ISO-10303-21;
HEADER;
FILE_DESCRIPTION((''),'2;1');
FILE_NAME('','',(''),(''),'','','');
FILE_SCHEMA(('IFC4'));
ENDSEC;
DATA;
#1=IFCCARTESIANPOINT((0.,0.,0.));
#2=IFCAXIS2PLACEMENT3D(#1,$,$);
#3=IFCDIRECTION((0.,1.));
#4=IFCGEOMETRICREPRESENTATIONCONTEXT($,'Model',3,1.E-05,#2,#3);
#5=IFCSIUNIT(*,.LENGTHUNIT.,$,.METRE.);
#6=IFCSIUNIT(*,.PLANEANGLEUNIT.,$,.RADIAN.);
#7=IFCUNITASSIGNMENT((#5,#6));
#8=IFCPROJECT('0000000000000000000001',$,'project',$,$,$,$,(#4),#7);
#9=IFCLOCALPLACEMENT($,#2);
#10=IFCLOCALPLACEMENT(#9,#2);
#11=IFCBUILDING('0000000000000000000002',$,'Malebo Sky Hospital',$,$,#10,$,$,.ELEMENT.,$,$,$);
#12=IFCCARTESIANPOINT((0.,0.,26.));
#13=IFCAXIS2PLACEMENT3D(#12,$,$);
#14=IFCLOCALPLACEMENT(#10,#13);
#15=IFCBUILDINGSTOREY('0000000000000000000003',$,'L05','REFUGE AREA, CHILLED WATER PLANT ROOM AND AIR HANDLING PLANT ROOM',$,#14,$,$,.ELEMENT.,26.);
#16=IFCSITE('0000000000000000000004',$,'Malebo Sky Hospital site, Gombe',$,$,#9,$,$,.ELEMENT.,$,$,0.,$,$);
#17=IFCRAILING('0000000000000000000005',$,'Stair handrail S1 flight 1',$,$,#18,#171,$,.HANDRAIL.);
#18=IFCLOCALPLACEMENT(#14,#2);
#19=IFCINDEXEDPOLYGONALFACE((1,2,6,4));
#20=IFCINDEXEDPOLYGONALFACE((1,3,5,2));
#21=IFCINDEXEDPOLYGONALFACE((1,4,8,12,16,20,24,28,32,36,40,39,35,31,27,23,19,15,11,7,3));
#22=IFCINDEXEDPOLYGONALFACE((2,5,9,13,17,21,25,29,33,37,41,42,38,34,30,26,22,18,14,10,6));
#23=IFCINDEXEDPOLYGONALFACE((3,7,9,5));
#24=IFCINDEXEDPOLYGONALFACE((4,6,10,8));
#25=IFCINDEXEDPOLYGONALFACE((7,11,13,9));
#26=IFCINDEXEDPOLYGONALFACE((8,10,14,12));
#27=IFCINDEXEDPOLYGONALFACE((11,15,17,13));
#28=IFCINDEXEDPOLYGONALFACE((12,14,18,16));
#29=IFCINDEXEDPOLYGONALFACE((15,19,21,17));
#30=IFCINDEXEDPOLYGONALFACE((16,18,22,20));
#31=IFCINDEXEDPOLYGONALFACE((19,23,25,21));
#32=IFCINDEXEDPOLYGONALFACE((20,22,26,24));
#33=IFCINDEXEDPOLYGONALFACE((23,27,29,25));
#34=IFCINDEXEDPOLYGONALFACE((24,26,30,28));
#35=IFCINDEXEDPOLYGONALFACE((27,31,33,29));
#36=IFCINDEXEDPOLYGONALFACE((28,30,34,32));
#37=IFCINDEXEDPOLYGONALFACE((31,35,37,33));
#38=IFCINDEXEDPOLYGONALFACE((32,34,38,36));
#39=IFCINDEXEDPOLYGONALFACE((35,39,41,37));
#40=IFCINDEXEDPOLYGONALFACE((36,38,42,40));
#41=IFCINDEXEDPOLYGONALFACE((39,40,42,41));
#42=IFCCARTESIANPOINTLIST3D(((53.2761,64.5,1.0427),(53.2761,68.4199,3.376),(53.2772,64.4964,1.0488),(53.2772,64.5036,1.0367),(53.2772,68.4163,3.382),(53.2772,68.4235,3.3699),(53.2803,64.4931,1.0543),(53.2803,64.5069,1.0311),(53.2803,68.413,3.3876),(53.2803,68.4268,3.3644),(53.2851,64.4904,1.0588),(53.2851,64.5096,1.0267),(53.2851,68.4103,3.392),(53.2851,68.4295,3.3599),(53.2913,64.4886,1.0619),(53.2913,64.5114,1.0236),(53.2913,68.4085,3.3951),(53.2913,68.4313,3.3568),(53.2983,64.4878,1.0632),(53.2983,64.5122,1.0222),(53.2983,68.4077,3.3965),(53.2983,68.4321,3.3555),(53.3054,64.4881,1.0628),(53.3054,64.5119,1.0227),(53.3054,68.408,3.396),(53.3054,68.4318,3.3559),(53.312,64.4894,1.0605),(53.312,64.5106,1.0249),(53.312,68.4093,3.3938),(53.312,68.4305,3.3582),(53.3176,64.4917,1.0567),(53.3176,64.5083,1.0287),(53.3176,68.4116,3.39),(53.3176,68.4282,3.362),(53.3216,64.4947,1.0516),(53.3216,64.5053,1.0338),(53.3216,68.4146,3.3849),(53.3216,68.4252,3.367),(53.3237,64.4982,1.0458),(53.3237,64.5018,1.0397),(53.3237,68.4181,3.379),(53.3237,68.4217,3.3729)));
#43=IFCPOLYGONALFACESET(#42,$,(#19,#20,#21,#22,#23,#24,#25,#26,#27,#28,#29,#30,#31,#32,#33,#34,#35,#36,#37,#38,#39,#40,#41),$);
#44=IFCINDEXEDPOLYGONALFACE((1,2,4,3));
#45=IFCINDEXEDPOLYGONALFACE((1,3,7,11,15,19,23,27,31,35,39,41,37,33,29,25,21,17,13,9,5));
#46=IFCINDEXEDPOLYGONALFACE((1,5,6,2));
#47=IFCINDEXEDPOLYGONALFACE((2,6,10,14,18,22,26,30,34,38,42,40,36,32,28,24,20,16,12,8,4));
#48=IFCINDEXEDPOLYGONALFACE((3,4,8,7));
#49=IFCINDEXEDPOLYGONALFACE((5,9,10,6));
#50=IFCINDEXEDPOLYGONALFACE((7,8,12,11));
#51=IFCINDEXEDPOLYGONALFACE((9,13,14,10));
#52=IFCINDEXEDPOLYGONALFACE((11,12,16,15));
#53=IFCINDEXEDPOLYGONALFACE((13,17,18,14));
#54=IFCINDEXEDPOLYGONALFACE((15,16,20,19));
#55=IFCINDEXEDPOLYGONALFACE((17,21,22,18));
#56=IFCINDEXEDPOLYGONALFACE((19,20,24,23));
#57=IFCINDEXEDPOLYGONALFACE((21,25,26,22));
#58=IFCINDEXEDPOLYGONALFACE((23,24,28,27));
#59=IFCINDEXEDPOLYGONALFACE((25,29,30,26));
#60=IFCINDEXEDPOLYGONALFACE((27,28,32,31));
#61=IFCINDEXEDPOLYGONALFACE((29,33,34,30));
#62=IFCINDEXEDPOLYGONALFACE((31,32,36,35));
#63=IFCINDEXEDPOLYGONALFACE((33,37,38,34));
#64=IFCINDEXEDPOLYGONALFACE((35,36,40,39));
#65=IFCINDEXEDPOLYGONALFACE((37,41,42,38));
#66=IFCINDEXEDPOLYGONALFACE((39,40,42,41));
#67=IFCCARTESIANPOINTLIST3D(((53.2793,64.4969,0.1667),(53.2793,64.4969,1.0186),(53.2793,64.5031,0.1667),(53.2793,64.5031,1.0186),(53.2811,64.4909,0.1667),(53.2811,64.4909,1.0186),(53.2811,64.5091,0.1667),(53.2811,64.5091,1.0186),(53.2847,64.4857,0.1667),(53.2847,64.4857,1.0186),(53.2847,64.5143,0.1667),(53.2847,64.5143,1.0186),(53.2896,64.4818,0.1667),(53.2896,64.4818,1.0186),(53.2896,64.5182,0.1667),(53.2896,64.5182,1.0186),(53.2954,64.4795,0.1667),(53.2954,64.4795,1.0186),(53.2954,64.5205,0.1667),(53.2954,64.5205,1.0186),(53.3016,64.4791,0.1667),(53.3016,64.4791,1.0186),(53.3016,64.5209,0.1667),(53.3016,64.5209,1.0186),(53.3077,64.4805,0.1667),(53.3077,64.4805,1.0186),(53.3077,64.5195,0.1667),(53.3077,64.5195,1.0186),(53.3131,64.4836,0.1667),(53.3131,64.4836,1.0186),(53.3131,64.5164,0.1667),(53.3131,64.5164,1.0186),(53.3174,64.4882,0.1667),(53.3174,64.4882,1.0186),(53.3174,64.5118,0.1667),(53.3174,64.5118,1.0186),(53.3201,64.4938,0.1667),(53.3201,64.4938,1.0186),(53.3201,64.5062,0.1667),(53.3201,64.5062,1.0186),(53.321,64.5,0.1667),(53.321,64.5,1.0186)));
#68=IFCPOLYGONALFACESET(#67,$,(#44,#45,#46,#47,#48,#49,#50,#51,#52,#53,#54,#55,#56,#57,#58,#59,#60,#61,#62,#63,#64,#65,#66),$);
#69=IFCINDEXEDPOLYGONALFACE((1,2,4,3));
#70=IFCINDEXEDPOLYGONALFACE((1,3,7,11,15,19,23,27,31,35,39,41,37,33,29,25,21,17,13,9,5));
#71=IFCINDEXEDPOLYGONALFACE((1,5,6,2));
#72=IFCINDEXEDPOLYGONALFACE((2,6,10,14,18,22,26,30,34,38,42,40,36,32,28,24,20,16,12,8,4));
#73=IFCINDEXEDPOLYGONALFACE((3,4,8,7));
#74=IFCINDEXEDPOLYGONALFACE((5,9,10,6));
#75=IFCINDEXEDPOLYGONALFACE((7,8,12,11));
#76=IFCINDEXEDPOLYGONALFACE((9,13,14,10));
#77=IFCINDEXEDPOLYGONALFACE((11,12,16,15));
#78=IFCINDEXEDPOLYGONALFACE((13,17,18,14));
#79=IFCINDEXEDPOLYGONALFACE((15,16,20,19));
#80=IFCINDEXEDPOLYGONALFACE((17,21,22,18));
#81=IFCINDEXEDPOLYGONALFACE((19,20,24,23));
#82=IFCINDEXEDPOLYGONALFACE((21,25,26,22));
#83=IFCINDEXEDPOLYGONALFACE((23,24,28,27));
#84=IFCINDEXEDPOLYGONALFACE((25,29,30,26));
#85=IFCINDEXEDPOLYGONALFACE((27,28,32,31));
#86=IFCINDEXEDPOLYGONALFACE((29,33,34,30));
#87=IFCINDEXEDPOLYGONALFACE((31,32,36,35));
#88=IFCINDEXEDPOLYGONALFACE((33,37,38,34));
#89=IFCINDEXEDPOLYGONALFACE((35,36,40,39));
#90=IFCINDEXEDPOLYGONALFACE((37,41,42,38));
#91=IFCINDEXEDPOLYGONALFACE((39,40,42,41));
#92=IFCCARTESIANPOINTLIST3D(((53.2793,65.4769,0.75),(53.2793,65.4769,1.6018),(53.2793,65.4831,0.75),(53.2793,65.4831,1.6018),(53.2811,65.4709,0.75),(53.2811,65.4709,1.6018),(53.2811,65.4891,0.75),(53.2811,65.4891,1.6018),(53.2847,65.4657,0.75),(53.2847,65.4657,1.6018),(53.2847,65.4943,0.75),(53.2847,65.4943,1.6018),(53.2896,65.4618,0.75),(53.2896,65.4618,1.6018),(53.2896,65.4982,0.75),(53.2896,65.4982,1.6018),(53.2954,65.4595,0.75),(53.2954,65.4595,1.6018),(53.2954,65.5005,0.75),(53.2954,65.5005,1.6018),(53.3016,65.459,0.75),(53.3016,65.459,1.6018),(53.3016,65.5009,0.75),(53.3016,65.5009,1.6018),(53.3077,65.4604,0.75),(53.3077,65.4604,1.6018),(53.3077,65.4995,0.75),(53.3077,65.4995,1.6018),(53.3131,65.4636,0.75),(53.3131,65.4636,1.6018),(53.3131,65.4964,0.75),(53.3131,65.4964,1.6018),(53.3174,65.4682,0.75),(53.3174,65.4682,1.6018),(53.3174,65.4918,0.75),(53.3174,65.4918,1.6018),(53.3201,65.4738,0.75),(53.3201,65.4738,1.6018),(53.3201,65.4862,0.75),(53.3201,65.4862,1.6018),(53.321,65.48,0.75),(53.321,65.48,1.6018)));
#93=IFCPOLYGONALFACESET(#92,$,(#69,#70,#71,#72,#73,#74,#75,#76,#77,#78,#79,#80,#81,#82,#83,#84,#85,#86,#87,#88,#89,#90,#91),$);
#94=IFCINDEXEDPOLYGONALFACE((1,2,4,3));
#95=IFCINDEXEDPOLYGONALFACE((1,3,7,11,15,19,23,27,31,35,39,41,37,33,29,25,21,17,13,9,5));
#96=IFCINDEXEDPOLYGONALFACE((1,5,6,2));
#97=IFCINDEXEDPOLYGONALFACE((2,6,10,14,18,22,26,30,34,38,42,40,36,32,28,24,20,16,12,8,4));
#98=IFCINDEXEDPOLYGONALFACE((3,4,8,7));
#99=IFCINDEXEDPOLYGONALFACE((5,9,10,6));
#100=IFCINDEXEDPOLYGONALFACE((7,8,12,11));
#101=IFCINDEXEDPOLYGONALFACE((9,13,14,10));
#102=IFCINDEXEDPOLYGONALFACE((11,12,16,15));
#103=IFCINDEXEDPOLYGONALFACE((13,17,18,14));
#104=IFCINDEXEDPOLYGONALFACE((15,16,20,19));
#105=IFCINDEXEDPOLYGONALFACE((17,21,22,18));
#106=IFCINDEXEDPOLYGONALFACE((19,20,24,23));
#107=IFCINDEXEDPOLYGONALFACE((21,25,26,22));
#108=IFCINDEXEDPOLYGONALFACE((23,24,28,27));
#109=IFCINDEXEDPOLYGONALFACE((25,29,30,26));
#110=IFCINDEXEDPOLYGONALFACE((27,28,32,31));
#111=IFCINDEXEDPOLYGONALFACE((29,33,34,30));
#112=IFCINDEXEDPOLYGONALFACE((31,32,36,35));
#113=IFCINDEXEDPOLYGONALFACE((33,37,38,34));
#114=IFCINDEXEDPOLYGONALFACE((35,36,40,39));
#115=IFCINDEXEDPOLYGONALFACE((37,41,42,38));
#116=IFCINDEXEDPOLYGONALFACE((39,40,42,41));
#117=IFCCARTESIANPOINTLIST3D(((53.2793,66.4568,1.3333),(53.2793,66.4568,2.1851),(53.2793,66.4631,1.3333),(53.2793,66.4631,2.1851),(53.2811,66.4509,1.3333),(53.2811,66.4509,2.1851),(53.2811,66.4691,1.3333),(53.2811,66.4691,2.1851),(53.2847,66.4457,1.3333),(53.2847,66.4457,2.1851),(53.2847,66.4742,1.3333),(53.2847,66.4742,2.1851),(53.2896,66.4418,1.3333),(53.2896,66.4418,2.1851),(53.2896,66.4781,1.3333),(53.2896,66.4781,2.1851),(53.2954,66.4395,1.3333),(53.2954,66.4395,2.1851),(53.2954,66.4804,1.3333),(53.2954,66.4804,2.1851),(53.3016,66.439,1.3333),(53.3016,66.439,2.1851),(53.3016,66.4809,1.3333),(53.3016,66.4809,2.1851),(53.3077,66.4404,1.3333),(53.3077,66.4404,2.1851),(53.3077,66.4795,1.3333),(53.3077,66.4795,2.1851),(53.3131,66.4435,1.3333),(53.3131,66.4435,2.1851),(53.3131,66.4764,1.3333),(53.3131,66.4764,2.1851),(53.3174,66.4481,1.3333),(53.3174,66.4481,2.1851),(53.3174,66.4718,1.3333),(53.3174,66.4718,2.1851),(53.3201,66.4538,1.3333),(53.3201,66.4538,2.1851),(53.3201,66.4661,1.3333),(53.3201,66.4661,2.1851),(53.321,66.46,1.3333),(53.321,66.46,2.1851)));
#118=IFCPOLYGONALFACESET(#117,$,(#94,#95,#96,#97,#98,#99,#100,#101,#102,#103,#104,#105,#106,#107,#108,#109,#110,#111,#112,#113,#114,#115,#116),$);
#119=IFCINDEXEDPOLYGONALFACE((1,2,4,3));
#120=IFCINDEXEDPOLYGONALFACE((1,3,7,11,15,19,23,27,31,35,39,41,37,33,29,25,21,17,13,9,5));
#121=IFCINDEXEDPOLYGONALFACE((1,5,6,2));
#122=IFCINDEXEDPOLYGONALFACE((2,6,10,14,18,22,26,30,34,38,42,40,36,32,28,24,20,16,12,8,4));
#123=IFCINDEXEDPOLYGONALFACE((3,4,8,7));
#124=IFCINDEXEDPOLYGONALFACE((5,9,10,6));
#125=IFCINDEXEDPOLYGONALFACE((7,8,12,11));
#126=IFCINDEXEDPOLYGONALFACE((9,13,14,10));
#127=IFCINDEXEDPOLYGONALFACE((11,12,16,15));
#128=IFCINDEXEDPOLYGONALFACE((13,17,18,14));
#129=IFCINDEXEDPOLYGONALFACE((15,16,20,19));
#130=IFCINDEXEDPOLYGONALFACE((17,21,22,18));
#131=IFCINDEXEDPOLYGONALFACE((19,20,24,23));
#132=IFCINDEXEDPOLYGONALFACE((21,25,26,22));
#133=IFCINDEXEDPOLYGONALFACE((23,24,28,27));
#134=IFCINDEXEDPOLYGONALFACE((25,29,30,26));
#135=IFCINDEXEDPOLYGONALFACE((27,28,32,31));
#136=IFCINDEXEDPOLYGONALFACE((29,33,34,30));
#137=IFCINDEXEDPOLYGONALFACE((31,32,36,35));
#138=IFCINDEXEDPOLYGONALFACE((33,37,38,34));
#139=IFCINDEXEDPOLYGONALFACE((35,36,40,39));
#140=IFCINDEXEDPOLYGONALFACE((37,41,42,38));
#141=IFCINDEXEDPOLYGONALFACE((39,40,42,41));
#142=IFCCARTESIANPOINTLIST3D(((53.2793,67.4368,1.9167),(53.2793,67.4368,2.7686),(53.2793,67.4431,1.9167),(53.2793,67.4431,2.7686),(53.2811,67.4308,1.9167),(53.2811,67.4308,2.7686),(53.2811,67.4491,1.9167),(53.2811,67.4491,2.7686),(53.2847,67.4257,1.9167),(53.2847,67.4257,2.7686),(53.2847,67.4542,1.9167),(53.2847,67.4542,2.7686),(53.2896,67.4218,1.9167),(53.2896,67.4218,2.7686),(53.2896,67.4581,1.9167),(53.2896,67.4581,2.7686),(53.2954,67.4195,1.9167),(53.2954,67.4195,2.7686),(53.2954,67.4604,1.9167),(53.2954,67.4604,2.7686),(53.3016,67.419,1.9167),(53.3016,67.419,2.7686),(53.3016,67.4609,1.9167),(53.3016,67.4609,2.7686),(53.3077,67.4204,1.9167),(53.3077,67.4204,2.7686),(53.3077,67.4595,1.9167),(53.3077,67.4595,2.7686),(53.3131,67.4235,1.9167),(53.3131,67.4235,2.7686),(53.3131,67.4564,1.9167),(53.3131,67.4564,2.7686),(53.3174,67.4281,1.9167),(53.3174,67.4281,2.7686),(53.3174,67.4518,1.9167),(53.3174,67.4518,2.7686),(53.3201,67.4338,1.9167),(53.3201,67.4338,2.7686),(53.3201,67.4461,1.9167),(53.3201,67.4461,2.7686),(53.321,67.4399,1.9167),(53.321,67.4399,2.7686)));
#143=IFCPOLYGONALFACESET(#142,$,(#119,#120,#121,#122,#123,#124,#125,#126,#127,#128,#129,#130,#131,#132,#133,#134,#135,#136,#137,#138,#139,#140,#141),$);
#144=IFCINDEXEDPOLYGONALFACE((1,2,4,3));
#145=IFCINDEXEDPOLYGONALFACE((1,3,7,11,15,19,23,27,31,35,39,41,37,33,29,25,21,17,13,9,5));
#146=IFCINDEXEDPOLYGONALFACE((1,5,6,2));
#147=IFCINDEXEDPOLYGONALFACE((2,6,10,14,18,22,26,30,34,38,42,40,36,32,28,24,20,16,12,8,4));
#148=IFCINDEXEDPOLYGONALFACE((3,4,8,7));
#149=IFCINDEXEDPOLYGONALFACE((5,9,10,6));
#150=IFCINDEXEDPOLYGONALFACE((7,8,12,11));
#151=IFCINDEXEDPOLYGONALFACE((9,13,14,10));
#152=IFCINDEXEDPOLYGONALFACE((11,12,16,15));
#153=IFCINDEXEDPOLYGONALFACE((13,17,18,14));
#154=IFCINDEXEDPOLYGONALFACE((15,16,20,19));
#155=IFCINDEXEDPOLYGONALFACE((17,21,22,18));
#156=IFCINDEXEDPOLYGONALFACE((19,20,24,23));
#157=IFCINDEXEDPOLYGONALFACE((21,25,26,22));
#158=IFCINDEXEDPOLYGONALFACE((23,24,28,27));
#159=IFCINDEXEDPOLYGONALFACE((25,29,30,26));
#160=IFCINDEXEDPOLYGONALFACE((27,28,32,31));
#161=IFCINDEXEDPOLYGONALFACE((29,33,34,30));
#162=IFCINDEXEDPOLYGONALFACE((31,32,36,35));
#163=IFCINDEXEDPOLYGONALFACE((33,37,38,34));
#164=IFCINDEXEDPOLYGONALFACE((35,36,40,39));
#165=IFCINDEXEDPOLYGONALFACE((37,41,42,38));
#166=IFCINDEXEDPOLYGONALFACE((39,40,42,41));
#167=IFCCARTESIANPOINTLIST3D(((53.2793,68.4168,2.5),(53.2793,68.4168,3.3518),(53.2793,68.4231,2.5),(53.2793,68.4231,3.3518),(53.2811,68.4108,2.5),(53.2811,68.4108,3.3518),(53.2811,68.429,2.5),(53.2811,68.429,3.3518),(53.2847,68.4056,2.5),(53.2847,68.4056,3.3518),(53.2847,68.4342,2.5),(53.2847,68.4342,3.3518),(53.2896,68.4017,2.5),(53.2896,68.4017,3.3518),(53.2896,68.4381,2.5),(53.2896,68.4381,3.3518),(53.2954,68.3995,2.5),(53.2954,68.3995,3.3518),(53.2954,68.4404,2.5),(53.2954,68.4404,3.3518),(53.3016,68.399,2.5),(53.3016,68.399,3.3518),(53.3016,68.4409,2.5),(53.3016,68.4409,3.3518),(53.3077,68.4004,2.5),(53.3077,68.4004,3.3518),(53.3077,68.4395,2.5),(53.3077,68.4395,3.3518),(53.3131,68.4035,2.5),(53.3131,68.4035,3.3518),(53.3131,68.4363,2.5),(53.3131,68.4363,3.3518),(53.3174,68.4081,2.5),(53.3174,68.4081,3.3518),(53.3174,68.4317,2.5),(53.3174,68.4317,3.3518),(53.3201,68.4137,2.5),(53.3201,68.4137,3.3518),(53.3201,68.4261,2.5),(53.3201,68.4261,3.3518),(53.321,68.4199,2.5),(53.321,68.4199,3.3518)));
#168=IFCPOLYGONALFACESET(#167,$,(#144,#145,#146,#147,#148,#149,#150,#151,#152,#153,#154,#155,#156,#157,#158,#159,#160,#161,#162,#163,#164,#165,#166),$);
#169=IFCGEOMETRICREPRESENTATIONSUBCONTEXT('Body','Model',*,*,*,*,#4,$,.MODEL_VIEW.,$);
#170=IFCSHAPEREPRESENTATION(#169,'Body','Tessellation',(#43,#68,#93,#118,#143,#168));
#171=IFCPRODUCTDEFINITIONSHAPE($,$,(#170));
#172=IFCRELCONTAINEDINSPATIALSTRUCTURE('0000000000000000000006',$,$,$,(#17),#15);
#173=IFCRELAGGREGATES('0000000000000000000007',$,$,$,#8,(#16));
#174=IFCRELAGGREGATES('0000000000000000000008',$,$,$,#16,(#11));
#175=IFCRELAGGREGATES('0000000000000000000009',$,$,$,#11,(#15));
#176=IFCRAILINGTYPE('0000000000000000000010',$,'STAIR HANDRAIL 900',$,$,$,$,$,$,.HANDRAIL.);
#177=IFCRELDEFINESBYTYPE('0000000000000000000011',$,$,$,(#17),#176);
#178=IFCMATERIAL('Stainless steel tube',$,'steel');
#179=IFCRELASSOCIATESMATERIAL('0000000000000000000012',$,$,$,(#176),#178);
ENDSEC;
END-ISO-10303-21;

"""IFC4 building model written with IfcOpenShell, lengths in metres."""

from ifc_helpers import new_model, si_unit, direction, frame, origin, origin_2d, place, context, subcontext, project, spatial, circle, extrude, material, type_object, element, save


model = new_model("IFC4")

# Units and contexts
model_context = context("Model", 3, precision=1e-05, world=origin(), true_north=direction((0.0, 1.0)))
body_context = subcontext(model_context, "Body", "Model", "MODEL_VIEW")
ifc_project = project(units=[si_unit("LENGTHUNIT", "METRE"), si_unit("PLANEANGLEUNIT", "RADIAN")], contexts=[model_context])

# Site, building, storey
site_placement = place(None, origin())
site = spatial("IfcSite", under=ifc_project, at=site_placement, Name="Malebo Sky Hospital site, Gombe", CompositionType="ELEMENT", RefElevation=0.0)
building_placement = place(site_placement, origin())
building = spatial("IfcBuilding", under=site, at=building_placement, Name="Malebo Sky Hospital", CompositionType="ELEMENT")
storey_placement = place(building_placement, frame((0.0, 0.0, 26.0)))
storey = spatial("IfcBuildingStorey", under=building, at=storey_placement, Name="L05", Description="REFUGE AREA, CHILLED WATER PLANT ROOM AND AIR HANDLING PLANT ROOM", CompositionType="ELEMENT", Elevation=26.0)

# Railing
ifc_material_1 = material(Name="Stainless steel tube", Category="steel")
railing_type = type_object("IfcRailingType", Name="STAIR HANDRAIL 900", PredefinedType="HANDRAIL", material=ifc_material_1)
railing_1_placement = place(storey_placement, frame((53.3, 64.5, 0.1667)))
element("IfcRailing", 1, at=railing_1_placement, inside=storey, type_object=railing_type, Name="Stair handrail S1 flight 1", PredefinedType="HANDRAIL", context=body_context, shape_type="SweptSolid", body=[
    extrude(circle(Radius=0.0239, at=origin_2d()), frame((0.0, 0.0, 0.876), z_axis=(0.0, 0.859296, 0.511478), x_axis=(-1.0, 0.0, 0.0)), (0.0, 0.0, 1.0), 4.5618),
    extrude(circle(Radius=0.021, at=origin_2d()), origin(), (0.0, 0.0, 1.0), 0.8518),
    extrude(circle(Radius=0.021, at=origin_2d()), frame((0.0, 0.98, 0.5833)), (0.0, 0.0, 1.0), 0.8518),
    extrude(circle(Radius=0.021, at=origin_2d()), frame((0.0, 1.96, 1.1665)), (0.0, 0.0, 1.0), 0.8518),
    extrude(circle(Radius=0.021, at=origin_2d()), frame((0.0, 2.9399, 1.75)), (0.0, 0.0, 1.0), 0.8518),
    extrude(circle(Radius=0.021, at=origin_2d()), frame((0.0, 3.9199, 2.3333)), (0.0, 0.0, 1.0), 0.8518),
])

save(model, "model.ifc")
